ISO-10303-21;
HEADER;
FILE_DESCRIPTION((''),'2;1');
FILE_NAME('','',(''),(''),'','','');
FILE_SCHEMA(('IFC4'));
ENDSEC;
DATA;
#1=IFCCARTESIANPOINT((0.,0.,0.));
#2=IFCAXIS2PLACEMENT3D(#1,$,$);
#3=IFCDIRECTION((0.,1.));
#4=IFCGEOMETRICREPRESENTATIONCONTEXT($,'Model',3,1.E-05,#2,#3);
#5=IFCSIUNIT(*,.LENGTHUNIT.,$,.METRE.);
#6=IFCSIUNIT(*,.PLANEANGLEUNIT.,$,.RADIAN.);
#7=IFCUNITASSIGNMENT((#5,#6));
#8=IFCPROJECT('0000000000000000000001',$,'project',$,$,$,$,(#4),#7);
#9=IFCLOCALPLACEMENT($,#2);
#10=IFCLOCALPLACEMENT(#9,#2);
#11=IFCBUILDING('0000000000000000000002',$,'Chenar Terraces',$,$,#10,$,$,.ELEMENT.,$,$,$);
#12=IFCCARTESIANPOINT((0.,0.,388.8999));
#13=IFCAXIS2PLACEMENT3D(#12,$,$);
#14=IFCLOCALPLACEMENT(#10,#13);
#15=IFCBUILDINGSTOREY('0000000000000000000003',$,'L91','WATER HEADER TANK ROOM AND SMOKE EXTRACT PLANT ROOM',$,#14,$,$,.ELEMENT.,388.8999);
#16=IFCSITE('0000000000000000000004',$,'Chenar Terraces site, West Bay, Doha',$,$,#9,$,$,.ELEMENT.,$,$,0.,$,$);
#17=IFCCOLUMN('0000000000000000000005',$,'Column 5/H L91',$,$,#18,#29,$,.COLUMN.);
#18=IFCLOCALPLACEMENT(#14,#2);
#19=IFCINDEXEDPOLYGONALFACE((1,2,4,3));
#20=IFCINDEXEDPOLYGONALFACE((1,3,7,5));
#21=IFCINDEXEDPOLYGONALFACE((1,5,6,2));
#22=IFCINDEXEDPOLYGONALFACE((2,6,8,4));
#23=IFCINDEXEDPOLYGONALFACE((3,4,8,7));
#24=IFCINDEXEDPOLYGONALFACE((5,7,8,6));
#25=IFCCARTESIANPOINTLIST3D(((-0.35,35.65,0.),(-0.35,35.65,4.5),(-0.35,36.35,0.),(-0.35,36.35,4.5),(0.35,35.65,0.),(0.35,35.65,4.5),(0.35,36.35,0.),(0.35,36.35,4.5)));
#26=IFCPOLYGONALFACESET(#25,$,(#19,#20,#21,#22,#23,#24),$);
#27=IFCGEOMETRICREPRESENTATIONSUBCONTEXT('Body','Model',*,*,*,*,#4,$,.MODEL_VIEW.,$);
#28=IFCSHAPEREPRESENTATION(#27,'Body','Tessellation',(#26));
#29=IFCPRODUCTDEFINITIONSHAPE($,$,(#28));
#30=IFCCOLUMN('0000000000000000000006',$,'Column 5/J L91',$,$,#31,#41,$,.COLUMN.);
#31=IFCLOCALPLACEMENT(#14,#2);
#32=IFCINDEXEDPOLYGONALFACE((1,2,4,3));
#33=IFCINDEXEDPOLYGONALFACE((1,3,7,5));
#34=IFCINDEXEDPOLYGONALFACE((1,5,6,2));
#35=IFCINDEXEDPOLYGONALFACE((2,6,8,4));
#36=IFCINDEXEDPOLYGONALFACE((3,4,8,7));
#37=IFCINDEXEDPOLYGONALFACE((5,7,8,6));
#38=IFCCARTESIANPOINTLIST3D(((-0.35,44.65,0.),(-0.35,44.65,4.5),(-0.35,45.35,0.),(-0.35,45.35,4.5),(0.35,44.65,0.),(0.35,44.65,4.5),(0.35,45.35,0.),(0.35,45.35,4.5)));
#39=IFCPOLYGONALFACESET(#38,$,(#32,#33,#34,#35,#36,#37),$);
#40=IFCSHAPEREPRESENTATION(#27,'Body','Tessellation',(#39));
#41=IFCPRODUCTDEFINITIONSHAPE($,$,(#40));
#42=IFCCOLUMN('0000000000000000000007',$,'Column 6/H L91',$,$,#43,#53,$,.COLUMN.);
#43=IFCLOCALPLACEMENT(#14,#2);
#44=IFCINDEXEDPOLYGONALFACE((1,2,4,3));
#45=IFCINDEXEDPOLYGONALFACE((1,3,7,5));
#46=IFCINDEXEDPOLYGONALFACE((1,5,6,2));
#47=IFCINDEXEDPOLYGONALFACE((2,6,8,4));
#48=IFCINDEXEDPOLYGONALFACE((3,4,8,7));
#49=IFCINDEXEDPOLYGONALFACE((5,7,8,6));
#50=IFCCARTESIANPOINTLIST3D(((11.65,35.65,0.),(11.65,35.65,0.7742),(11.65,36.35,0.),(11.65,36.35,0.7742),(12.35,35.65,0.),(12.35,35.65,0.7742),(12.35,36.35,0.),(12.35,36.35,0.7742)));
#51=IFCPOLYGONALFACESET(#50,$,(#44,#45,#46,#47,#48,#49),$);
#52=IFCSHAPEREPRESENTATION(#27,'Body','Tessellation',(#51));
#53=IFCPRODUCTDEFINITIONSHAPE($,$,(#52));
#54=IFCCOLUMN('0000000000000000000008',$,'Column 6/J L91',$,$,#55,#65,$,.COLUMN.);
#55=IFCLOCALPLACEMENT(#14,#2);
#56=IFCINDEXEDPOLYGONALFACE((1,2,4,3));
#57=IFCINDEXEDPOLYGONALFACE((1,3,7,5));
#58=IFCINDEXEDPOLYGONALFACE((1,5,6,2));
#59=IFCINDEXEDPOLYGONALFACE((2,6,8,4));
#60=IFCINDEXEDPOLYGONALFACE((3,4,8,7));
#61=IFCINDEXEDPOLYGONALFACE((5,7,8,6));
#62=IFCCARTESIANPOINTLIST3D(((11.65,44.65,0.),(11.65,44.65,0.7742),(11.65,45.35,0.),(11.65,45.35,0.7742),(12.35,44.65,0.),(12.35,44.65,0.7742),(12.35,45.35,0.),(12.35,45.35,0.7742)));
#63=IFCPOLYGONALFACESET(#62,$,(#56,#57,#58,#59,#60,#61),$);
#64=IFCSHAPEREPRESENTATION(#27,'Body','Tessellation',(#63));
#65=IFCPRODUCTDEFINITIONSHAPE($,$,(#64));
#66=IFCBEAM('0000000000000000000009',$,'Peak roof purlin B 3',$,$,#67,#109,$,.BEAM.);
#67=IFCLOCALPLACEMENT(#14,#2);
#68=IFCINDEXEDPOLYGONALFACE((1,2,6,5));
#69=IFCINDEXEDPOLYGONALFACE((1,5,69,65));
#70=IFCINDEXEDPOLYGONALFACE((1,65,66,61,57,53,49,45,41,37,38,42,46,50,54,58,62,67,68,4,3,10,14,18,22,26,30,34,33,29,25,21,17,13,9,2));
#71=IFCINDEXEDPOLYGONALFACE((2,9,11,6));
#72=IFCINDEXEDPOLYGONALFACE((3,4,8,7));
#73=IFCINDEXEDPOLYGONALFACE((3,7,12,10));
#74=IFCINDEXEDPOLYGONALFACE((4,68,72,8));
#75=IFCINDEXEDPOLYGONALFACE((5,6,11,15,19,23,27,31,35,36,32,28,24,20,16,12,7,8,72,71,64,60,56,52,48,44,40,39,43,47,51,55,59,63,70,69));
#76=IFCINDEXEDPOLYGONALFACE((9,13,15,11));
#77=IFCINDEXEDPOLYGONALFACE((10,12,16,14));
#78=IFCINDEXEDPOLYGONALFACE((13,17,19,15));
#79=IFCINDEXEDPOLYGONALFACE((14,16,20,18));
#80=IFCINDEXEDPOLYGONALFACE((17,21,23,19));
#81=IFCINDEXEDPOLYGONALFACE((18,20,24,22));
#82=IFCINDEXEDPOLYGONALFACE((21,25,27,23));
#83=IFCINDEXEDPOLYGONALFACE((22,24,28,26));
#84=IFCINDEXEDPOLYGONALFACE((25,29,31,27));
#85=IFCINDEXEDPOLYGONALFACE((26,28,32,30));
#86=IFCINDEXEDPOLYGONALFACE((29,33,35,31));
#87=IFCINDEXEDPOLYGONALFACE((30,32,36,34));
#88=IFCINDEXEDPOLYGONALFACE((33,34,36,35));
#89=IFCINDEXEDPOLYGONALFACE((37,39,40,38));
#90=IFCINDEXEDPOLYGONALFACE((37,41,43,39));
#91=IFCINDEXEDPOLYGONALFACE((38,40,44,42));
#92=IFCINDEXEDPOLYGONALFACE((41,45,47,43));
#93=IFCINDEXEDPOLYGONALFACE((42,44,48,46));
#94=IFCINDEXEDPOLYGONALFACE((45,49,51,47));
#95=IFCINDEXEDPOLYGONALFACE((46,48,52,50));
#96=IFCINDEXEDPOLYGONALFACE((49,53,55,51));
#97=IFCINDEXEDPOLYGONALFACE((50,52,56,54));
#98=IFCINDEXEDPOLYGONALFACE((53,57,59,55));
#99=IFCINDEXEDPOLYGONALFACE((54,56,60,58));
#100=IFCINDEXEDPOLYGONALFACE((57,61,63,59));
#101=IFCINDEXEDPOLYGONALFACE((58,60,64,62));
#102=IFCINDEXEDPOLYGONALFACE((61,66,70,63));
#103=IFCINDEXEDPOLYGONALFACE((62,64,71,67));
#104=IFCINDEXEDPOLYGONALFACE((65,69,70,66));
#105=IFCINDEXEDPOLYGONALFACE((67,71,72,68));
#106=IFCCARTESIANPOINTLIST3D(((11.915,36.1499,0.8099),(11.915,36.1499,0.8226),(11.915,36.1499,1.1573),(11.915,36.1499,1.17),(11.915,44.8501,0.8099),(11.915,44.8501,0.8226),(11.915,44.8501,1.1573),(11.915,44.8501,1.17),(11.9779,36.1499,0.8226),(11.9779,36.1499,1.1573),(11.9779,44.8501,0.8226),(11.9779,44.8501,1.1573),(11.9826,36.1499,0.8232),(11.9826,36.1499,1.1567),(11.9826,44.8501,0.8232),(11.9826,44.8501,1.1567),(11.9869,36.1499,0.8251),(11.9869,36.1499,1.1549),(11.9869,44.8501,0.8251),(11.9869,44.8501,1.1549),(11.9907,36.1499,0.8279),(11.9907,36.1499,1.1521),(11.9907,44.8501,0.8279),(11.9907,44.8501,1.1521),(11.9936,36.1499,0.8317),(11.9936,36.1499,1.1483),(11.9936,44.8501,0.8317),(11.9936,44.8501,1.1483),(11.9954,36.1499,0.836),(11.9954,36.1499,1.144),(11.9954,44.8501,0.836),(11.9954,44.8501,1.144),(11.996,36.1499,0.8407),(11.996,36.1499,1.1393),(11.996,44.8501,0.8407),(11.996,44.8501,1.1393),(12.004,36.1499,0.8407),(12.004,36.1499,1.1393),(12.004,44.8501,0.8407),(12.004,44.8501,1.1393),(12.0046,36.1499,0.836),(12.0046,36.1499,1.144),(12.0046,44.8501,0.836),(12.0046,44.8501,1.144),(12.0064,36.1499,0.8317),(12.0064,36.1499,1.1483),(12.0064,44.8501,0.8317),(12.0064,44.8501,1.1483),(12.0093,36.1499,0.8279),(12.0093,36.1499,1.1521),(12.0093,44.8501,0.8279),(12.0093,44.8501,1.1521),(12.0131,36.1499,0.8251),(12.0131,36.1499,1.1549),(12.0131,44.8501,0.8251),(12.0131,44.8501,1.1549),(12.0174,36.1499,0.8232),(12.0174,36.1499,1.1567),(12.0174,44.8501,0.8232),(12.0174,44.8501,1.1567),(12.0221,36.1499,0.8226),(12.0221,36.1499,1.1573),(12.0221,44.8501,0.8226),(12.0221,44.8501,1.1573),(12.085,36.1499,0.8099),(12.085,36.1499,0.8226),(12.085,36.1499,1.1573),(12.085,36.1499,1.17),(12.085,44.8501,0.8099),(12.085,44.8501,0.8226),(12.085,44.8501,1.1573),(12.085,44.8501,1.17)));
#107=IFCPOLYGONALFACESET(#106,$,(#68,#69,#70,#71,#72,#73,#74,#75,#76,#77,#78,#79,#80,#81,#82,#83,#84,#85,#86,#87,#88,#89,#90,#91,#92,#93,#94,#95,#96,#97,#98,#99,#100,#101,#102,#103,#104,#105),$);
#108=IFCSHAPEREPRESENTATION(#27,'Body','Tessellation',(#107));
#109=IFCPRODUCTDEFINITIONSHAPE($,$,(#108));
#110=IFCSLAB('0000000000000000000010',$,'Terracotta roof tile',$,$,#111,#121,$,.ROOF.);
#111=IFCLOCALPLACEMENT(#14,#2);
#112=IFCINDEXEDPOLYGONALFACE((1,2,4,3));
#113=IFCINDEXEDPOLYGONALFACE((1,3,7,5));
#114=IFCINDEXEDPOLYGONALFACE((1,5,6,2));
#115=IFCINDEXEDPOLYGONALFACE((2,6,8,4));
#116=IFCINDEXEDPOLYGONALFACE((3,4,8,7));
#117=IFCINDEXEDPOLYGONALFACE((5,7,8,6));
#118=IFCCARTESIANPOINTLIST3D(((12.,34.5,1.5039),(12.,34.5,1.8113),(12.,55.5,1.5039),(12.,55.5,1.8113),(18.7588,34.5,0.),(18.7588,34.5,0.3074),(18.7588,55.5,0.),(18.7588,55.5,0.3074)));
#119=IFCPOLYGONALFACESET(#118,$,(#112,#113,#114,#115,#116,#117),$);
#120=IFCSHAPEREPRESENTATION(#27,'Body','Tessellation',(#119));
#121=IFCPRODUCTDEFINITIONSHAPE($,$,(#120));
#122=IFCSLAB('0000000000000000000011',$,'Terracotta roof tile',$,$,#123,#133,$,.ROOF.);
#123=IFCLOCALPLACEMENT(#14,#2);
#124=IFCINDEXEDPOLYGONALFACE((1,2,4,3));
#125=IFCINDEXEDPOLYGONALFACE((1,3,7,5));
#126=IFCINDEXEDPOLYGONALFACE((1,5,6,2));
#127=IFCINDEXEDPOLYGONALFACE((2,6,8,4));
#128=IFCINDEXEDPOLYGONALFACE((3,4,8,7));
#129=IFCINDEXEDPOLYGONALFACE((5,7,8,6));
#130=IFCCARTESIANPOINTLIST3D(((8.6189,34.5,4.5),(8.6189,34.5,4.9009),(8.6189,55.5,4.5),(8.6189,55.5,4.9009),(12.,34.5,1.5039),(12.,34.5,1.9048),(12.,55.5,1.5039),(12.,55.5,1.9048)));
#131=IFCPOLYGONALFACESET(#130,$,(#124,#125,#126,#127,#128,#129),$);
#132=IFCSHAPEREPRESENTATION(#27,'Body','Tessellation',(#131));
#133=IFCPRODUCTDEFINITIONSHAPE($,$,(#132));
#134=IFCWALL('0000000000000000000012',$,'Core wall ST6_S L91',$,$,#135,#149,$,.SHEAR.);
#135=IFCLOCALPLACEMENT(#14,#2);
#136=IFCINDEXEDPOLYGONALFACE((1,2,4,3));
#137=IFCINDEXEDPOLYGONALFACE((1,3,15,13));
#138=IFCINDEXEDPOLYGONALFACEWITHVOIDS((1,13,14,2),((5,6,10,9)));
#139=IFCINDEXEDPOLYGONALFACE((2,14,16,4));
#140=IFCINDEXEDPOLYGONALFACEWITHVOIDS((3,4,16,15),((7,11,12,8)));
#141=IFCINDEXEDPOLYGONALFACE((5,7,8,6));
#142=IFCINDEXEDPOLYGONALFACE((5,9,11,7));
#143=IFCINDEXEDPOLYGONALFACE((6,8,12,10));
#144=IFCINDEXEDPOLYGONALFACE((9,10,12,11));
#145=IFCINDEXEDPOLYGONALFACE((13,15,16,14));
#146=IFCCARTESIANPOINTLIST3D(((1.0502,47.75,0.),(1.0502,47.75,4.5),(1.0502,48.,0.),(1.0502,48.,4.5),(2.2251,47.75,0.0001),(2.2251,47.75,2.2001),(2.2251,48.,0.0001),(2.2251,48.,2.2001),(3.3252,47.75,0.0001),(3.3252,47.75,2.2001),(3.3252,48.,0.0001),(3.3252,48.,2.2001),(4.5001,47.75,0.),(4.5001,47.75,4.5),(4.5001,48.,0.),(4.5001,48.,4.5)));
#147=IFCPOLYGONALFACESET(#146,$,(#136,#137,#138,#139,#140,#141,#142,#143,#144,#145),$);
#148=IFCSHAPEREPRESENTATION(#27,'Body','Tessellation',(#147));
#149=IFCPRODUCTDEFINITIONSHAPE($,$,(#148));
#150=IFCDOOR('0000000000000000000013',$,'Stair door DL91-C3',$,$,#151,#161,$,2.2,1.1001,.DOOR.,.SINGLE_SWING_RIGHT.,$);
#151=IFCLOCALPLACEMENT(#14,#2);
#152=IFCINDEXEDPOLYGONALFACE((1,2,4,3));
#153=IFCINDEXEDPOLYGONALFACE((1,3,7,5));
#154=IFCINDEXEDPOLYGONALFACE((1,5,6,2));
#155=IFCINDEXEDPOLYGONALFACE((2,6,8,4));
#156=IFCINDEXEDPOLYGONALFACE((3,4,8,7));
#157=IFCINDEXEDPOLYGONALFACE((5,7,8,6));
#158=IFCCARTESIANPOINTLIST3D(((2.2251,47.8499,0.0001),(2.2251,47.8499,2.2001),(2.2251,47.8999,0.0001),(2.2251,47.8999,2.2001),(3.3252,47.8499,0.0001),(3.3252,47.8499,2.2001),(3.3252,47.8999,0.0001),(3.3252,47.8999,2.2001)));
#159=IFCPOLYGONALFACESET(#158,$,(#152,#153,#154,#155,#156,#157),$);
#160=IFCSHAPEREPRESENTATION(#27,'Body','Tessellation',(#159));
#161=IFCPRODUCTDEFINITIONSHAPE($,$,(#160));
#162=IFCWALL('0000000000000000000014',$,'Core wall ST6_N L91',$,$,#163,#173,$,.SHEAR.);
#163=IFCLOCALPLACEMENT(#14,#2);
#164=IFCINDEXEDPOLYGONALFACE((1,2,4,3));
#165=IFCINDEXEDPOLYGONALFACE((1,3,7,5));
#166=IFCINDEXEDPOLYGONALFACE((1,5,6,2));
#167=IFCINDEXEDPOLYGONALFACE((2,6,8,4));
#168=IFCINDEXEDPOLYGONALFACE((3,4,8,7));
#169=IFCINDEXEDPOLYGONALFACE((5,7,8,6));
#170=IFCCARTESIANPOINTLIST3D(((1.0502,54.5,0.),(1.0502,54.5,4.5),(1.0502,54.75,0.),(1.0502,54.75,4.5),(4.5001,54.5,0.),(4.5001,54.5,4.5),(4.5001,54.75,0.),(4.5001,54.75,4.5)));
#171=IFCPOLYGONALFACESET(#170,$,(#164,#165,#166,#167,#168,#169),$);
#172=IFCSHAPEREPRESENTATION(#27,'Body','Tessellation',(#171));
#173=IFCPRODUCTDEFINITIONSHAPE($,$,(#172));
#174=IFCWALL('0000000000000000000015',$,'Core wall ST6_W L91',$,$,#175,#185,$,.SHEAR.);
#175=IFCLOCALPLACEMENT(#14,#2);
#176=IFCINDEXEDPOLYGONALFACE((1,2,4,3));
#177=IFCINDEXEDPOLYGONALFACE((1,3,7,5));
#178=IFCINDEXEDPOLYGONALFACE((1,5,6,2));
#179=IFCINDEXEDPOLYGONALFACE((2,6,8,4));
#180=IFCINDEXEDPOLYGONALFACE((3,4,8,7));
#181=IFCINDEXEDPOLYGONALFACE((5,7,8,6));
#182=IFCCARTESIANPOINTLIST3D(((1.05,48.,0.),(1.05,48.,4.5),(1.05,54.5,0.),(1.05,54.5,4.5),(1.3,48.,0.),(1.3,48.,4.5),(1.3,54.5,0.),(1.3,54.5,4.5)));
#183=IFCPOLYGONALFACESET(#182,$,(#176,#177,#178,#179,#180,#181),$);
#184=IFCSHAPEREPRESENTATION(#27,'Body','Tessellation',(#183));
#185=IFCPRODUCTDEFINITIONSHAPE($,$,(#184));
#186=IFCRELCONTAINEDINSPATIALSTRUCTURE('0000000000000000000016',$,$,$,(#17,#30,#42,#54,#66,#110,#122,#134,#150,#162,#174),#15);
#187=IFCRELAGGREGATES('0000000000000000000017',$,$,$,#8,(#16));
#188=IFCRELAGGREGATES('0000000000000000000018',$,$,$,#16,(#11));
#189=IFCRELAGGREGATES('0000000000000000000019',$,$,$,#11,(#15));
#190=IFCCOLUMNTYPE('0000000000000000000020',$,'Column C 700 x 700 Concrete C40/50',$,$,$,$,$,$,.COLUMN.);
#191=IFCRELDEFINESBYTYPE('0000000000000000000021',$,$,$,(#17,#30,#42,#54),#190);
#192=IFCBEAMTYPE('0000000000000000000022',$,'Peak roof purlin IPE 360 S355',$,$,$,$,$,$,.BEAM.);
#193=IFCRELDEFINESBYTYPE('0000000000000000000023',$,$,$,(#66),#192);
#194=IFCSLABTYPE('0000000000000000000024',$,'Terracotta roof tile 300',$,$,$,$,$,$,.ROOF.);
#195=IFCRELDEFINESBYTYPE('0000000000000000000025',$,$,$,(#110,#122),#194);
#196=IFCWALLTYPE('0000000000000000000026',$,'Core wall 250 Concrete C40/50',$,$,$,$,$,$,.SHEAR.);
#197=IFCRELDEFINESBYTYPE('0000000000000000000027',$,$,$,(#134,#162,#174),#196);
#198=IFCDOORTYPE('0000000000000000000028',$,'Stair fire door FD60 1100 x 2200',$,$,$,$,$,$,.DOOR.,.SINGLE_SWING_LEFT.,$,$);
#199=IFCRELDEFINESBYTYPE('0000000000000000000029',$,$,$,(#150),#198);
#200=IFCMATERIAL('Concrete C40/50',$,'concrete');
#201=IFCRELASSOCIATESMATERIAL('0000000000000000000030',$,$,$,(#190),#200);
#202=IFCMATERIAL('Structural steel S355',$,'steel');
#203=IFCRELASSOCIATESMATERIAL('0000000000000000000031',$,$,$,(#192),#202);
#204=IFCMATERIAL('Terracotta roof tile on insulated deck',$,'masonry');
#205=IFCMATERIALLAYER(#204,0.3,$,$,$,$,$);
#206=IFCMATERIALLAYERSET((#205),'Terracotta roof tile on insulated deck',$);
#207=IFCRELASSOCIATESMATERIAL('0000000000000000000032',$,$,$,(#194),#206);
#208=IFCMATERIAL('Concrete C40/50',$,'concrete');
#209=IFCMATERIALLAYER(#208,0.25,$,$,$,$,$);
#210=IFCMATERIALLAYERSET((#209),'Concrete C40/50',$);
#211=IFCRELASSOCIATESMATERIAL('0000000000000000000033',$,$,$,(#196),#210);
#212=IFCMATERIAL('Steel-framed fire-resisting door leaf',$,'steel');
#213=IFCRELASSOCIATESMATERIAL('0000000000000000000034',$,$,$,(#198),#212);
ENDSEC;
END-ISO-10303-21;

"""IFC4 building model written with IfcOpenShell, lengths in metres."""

from ifc_helpers import new_model, si_unit, direction, frame, frame_2d, origin, origin_2d, place, context, subcontext, project, spatial, polyline, rectangle, i_section, outline, extrude, material, layer, layer_set, material_profile, profile_set, type_object, element, fill, save


model = new_model("IFC4")

# Units and contexts
model_context = context("Model", 3, precision=1e-05, world=origin(), true_north=direction((0.0, 1.0)))
body_context = subcontext(model_context, "Body", "Model", "MODEL_VIEW")
ifc_project = project(units=[si_unit("LENGTHUNIT", "METRE"), si_unit("PLANEANGLEUNIT", "RADIAN")], contexts=[model_context])

# Site, building, storey
site_placement = place(None, origin())
site = spatial("IfcSite", under=ifc_project, at=site_placement, Name="Chenar Terraces site, West Bay, Doha", CompositionType="ELEMENT", RefElevation=0.0)
building_placement = place(site_placement, origin())
building = spatial("IfcBuilding", under=site, at=building_placement, Name="Chenar Terraces", CompositionType="ELEMENT")
storey_placement = place(building_placement, frame((0.0, 0.0, 388.8999)))
storey = spatial("IfcBuildingStorey", under=building, at=storey_placement, Name="L91", Description="WATER HEADER TANK ROOM AND SMOKE EXTRACT PLANT ROOM", CompositionType="ELEMENT", Elevation=388.8999)

# Columns
ifc_material_1 = material(Name="Concrete C40/50", Category="concrete")
ifc_material_profile_1 = material_profile(ifc_material_1, rectangle(XDim=0.7, YDim=0.7, at=origin_2d()), Name="C 700 x 700")
ifc_profile_set_1 = profile_set([ifc_material_profile_1], Name="Concrete C40/50")
column_type = type_object("IfcColumnType", Name="Column C 700 x 700 Concrete C40/50", PredefinedType="COLUMN", material=ifc_profile_set_1)
for number, where, z_axis, x_axis, name in (
    (1, (0.0, 36.0, 0.0), (0.0, 0.0, 1.0), (1.0, 0.0, 0.0), "Column 5/H L91"),
    (2, (0.0, 45.0, 0.0), (0.0, 0.0, 1.0), (1.0, 0.0, 0.0), "Column 5/J L91"),
):
    element("IfcColumn", number, at=place(storey_placement, frame(where, z_axis=z_axis, x_axis=x_axis)), inside=storey, type_object=column_type, Name=name, PredefinedType="COLUMN", context=body_context, shape_type="SweptSolid", body=[
        extrude(rectangle(XDim=0.7, YDim=0.7, at=origin_2d()), origin(), (0.0, 0.0, 1.0), 4.5),
    ])
for number, where, z_axis, x_axis, name in (
    (3, (12.0, 36.0, 0.0), (0.0, 0.0, 1.0), (1.0, 0.0, 0.0), "Column 6/H L91"),
    (4, (12.0, 45.0, 0.0), (0.0, 0.0, 1.0), (1.0, 0.0, 0.0), "Column 6/J L91"),
):
    element("IfcColumn", number, at=place(storey_placement, frame(where, z_axis=z_axis, x_axis=x_axis)), inside=storey, type_object=column_type, Name=name, PredefinedType="COLUMN", context=body_context, shape_type="SweptSolid", body=[
        extrude(rectangle(XDim=0.7, YDim=0.7, at=origin_2d()), origin(), (0.0, 0.0, 1.0), 0.7742),
    ])

# Beam
ifc_material_2 = material(Name="Structural steel S355", Category="steel")
ifc_material_profile_2 = material_profile(ifc_material_2, i_section(OverallWidth=0.1699, OverallDepth=0.3601, WebThickness=0.0081, FlangeThickness=0.0127, FilletRadius=0.0181, at=origin_2d()), Name="IPE 360")
ifc_profile_set_2 = profile_set([ifc_material_profile_2], Name="Structural steel S355")
beam_type = type_object("IfcBeamType", Name="Peak roof purlin IPE 360 S355", PredefinedType="BEAM", material=ifc_profile_set_2)
beam_placement = place(storey_placement, frame((12.0, 36.1499, 0.99), z_axis=(0.0, 1.0, 0.0), x_axis=(-1.0, 0.0, 0.0)))
element("IfcBeam", 5, at=beam_placement, inside=storey, type_object=beam_type, Name="Peak roof purlin B 3", PredefinedType="BEAM", context=body_context, shape_type="SweptSolid", body=[
    extrude(i_section(OverallWidth=0.1699, OverallDepth=0.3601, WebThickness=0.0081, FlangeThickness=0.0127, FilletRadius=0.0181, at=origin_2d()), origin(), (0.0, 0.0, 1.0), 8.7002),
])

# Slabs
ifc_material_3 = material(Name="Terracotta roof tile on insulated deck", Category="masonry")
ifc_layer_1 = layer(ifc_material_3, 0.3)
ifc_layer_set_1 = layer_set([ifc_layer_1], Name="Terracotta roof tile on insulated deck")
slab_type = type_object("IfcSlabType", Name="Terracotta roof tile 300", PredefinedType="ROOF", material=ifc_layer_set_1)
slab_1_placement = place(storey_placement, frame((12.0, 55.5, 1.8113), z_axis=(0.217199, 0.0, 0.976127), x_axis=(0.0, -1.0, 0.0)))
element("IfcSlab", 6, at=slab_1_placement, inside=storey, type_object=slab_type, Name="Terracotta roof tile", PredefinedType="ROOF", context=body_context, shape_type="SweptSolid", body=[
    extrude(outline(polyline([(0.0, 0.0), (21.0, 0.0), (21.0, 6.9241), (0.0, 6.9241), (0.0, 0.0)])), origin(), (0.0, 0.217199, -0.976127), 0.3074),
])
slab_2_placement = place(storey_placement, frame((12.0, 34.5, 1.9048), z_axis=(0.663209, 0.0, 0.748434), x_axis=(0.0, 1.0, 0.0)))
element("IfcSlab", 7, at=slab_2_placement, inside=storey, type_object=slab_type, Name="Terracotta roof tile", PredefinedType="ROOF", context=body_context, shape_type="SweptSolid", body=[
    extrude(outline(polyline([(0.0, 0.0), (21.0, 0.0), (21.0, 4.5176), (0.0, 4.5176), (0.0, 0.0)])), origin(), (0.0, -0.663209, -0.748434), 0.4009),
])

# Wall, opening, door
ifc_material_4 = material(Name="Concrete C40/50", Category="concrete")
ifc_layer_2 = layer(ifc_material_4, 0.25)
ifc_layer_set_2 = layer_set([ifc_layer_2], Name="Concrete C40/50")
wall_type_1 = type_object("IfcWallType", Name="Core wall 250 Concrete C40/50", PredefinedType="SHEAR", material=ifc_layer_set_2)
wall_1_placement = place(storey_placement, frame((1.05, 47.875, 0.0), z_axis=(0.0, 0.0, 1.0), x_axis=(1.0, 0.0, 0.0)))
wall_1 = element("IfcWall", 8, at=wall_1_placement, inside=storey, type_object=wall_type_1, Name="Core wall ST6_S L91", PredefinedType="SHEAR", context=body_context, shape_type="SweptSolid", body=[
    extrude(rectangle(XDim=3.45, YDim=0.25, at=frame_2d((1.7251, 0.0))), origin(), (0.0, 0.0, 1.0), 4.5),
])
opening_1_placement = place(wall_1_placement, frame((1.175, 0.0, 0.0)))
opening_1 = element("IfcOpeningElement", 9, at=opening_1_placement, cuts=wall_1, PredefinedType="OPENING", context=body_context, shape_type="SweptSolid", body=[
    extrude(rectangle(XDim=1.1001, YDim=2.2, at=frame_2d((0.55, 1.1001))), frame((0.0, 0.135, 0.0), z_axis=(0.0, -1.0, 0.0), x_axis=(1.0, 0.0, 0.0)), (0.0, 0.0, 1.0), 0.27),
])
ifc_material_5 = material(Name="Steel-framed fire-resisting door leaf", Category="steel")
door_type_1 = type_object("IfcDoorType", Name="Stair fire door FD60 1100 x 2200", OperationType="SINGLE_SWING_LEFT", PredefinedType="DOOR", material=ifc_material_5)
door_1_placement = place(opening_1_placement, origin())
door_1 = element("IfcDoor", 10, at=door_1_placement, inside=storey, type_object=door_type_1, Name="Stair door DL91-C3", OperationType="SINGLE_SWING_RIGHT", OverallHeight=2.2, OverallWidth=1.1001, PredefinedType="DOOR", context=body_context, shape_type="SweptSolid", body=[
    extrude(rectangle(XDim=1.1001, YDim=2.2, at=frame_2d((0.55, 1.1001))), frame((0.0, 0.0249, 0.0), z_axis=(0.0, -1.0, 0.0), x_axis=(1.0, 0.0, 0.0)), (0.0, 0.0, 1.0), 0.05),
])
fill(opening_1, door_1)

# Walls
wall_2_placement = place(storey_placement, frame((1.05, 54.625, 0.0), z_axis=(0.0, 0.0, 1.0), x_axis=(1.0, 0.0, 0.0)))
element("IfcWall", 11, at=wall_2_placement, inside=storey, type_object=wall_type_1, Name="Core wall ST6_N L91", PredefinedType="SHEAR", context=body_context, shape_type="SweptSolid", body=[
    extrude(rectangle(XDim=3.45, YDim=0.25, at=frame_2d((1.7251, 0.0))), origin(), (0.0, 0.0, 1.0), 4.5),
])
for number, where, z_axis, x_axis, name in (
    (12, (1.175, 48.0, 0.0), (0.0, 0.0, 1.0), (0.0, 1.0, 0.0), "Core wall ST6_W L91"),
):
    element("IfcWall", number, at=place(storey_placement, frame(where, z_axis=z_axis, x_axis=x_axis)), inside=storey, type_object=wall_type_1, Name=name, PredefinedType="SHEAR", context=body_context, shape_type="SweptSolid", body=[
        extrude(rectangle(XDim=6.5, YDim=0.25, at=frame_2d((3.25, 0.0))), origin(), (0.0, 0.0, 1.0), 4.5),
    ])

save(model, "model.ifc")
